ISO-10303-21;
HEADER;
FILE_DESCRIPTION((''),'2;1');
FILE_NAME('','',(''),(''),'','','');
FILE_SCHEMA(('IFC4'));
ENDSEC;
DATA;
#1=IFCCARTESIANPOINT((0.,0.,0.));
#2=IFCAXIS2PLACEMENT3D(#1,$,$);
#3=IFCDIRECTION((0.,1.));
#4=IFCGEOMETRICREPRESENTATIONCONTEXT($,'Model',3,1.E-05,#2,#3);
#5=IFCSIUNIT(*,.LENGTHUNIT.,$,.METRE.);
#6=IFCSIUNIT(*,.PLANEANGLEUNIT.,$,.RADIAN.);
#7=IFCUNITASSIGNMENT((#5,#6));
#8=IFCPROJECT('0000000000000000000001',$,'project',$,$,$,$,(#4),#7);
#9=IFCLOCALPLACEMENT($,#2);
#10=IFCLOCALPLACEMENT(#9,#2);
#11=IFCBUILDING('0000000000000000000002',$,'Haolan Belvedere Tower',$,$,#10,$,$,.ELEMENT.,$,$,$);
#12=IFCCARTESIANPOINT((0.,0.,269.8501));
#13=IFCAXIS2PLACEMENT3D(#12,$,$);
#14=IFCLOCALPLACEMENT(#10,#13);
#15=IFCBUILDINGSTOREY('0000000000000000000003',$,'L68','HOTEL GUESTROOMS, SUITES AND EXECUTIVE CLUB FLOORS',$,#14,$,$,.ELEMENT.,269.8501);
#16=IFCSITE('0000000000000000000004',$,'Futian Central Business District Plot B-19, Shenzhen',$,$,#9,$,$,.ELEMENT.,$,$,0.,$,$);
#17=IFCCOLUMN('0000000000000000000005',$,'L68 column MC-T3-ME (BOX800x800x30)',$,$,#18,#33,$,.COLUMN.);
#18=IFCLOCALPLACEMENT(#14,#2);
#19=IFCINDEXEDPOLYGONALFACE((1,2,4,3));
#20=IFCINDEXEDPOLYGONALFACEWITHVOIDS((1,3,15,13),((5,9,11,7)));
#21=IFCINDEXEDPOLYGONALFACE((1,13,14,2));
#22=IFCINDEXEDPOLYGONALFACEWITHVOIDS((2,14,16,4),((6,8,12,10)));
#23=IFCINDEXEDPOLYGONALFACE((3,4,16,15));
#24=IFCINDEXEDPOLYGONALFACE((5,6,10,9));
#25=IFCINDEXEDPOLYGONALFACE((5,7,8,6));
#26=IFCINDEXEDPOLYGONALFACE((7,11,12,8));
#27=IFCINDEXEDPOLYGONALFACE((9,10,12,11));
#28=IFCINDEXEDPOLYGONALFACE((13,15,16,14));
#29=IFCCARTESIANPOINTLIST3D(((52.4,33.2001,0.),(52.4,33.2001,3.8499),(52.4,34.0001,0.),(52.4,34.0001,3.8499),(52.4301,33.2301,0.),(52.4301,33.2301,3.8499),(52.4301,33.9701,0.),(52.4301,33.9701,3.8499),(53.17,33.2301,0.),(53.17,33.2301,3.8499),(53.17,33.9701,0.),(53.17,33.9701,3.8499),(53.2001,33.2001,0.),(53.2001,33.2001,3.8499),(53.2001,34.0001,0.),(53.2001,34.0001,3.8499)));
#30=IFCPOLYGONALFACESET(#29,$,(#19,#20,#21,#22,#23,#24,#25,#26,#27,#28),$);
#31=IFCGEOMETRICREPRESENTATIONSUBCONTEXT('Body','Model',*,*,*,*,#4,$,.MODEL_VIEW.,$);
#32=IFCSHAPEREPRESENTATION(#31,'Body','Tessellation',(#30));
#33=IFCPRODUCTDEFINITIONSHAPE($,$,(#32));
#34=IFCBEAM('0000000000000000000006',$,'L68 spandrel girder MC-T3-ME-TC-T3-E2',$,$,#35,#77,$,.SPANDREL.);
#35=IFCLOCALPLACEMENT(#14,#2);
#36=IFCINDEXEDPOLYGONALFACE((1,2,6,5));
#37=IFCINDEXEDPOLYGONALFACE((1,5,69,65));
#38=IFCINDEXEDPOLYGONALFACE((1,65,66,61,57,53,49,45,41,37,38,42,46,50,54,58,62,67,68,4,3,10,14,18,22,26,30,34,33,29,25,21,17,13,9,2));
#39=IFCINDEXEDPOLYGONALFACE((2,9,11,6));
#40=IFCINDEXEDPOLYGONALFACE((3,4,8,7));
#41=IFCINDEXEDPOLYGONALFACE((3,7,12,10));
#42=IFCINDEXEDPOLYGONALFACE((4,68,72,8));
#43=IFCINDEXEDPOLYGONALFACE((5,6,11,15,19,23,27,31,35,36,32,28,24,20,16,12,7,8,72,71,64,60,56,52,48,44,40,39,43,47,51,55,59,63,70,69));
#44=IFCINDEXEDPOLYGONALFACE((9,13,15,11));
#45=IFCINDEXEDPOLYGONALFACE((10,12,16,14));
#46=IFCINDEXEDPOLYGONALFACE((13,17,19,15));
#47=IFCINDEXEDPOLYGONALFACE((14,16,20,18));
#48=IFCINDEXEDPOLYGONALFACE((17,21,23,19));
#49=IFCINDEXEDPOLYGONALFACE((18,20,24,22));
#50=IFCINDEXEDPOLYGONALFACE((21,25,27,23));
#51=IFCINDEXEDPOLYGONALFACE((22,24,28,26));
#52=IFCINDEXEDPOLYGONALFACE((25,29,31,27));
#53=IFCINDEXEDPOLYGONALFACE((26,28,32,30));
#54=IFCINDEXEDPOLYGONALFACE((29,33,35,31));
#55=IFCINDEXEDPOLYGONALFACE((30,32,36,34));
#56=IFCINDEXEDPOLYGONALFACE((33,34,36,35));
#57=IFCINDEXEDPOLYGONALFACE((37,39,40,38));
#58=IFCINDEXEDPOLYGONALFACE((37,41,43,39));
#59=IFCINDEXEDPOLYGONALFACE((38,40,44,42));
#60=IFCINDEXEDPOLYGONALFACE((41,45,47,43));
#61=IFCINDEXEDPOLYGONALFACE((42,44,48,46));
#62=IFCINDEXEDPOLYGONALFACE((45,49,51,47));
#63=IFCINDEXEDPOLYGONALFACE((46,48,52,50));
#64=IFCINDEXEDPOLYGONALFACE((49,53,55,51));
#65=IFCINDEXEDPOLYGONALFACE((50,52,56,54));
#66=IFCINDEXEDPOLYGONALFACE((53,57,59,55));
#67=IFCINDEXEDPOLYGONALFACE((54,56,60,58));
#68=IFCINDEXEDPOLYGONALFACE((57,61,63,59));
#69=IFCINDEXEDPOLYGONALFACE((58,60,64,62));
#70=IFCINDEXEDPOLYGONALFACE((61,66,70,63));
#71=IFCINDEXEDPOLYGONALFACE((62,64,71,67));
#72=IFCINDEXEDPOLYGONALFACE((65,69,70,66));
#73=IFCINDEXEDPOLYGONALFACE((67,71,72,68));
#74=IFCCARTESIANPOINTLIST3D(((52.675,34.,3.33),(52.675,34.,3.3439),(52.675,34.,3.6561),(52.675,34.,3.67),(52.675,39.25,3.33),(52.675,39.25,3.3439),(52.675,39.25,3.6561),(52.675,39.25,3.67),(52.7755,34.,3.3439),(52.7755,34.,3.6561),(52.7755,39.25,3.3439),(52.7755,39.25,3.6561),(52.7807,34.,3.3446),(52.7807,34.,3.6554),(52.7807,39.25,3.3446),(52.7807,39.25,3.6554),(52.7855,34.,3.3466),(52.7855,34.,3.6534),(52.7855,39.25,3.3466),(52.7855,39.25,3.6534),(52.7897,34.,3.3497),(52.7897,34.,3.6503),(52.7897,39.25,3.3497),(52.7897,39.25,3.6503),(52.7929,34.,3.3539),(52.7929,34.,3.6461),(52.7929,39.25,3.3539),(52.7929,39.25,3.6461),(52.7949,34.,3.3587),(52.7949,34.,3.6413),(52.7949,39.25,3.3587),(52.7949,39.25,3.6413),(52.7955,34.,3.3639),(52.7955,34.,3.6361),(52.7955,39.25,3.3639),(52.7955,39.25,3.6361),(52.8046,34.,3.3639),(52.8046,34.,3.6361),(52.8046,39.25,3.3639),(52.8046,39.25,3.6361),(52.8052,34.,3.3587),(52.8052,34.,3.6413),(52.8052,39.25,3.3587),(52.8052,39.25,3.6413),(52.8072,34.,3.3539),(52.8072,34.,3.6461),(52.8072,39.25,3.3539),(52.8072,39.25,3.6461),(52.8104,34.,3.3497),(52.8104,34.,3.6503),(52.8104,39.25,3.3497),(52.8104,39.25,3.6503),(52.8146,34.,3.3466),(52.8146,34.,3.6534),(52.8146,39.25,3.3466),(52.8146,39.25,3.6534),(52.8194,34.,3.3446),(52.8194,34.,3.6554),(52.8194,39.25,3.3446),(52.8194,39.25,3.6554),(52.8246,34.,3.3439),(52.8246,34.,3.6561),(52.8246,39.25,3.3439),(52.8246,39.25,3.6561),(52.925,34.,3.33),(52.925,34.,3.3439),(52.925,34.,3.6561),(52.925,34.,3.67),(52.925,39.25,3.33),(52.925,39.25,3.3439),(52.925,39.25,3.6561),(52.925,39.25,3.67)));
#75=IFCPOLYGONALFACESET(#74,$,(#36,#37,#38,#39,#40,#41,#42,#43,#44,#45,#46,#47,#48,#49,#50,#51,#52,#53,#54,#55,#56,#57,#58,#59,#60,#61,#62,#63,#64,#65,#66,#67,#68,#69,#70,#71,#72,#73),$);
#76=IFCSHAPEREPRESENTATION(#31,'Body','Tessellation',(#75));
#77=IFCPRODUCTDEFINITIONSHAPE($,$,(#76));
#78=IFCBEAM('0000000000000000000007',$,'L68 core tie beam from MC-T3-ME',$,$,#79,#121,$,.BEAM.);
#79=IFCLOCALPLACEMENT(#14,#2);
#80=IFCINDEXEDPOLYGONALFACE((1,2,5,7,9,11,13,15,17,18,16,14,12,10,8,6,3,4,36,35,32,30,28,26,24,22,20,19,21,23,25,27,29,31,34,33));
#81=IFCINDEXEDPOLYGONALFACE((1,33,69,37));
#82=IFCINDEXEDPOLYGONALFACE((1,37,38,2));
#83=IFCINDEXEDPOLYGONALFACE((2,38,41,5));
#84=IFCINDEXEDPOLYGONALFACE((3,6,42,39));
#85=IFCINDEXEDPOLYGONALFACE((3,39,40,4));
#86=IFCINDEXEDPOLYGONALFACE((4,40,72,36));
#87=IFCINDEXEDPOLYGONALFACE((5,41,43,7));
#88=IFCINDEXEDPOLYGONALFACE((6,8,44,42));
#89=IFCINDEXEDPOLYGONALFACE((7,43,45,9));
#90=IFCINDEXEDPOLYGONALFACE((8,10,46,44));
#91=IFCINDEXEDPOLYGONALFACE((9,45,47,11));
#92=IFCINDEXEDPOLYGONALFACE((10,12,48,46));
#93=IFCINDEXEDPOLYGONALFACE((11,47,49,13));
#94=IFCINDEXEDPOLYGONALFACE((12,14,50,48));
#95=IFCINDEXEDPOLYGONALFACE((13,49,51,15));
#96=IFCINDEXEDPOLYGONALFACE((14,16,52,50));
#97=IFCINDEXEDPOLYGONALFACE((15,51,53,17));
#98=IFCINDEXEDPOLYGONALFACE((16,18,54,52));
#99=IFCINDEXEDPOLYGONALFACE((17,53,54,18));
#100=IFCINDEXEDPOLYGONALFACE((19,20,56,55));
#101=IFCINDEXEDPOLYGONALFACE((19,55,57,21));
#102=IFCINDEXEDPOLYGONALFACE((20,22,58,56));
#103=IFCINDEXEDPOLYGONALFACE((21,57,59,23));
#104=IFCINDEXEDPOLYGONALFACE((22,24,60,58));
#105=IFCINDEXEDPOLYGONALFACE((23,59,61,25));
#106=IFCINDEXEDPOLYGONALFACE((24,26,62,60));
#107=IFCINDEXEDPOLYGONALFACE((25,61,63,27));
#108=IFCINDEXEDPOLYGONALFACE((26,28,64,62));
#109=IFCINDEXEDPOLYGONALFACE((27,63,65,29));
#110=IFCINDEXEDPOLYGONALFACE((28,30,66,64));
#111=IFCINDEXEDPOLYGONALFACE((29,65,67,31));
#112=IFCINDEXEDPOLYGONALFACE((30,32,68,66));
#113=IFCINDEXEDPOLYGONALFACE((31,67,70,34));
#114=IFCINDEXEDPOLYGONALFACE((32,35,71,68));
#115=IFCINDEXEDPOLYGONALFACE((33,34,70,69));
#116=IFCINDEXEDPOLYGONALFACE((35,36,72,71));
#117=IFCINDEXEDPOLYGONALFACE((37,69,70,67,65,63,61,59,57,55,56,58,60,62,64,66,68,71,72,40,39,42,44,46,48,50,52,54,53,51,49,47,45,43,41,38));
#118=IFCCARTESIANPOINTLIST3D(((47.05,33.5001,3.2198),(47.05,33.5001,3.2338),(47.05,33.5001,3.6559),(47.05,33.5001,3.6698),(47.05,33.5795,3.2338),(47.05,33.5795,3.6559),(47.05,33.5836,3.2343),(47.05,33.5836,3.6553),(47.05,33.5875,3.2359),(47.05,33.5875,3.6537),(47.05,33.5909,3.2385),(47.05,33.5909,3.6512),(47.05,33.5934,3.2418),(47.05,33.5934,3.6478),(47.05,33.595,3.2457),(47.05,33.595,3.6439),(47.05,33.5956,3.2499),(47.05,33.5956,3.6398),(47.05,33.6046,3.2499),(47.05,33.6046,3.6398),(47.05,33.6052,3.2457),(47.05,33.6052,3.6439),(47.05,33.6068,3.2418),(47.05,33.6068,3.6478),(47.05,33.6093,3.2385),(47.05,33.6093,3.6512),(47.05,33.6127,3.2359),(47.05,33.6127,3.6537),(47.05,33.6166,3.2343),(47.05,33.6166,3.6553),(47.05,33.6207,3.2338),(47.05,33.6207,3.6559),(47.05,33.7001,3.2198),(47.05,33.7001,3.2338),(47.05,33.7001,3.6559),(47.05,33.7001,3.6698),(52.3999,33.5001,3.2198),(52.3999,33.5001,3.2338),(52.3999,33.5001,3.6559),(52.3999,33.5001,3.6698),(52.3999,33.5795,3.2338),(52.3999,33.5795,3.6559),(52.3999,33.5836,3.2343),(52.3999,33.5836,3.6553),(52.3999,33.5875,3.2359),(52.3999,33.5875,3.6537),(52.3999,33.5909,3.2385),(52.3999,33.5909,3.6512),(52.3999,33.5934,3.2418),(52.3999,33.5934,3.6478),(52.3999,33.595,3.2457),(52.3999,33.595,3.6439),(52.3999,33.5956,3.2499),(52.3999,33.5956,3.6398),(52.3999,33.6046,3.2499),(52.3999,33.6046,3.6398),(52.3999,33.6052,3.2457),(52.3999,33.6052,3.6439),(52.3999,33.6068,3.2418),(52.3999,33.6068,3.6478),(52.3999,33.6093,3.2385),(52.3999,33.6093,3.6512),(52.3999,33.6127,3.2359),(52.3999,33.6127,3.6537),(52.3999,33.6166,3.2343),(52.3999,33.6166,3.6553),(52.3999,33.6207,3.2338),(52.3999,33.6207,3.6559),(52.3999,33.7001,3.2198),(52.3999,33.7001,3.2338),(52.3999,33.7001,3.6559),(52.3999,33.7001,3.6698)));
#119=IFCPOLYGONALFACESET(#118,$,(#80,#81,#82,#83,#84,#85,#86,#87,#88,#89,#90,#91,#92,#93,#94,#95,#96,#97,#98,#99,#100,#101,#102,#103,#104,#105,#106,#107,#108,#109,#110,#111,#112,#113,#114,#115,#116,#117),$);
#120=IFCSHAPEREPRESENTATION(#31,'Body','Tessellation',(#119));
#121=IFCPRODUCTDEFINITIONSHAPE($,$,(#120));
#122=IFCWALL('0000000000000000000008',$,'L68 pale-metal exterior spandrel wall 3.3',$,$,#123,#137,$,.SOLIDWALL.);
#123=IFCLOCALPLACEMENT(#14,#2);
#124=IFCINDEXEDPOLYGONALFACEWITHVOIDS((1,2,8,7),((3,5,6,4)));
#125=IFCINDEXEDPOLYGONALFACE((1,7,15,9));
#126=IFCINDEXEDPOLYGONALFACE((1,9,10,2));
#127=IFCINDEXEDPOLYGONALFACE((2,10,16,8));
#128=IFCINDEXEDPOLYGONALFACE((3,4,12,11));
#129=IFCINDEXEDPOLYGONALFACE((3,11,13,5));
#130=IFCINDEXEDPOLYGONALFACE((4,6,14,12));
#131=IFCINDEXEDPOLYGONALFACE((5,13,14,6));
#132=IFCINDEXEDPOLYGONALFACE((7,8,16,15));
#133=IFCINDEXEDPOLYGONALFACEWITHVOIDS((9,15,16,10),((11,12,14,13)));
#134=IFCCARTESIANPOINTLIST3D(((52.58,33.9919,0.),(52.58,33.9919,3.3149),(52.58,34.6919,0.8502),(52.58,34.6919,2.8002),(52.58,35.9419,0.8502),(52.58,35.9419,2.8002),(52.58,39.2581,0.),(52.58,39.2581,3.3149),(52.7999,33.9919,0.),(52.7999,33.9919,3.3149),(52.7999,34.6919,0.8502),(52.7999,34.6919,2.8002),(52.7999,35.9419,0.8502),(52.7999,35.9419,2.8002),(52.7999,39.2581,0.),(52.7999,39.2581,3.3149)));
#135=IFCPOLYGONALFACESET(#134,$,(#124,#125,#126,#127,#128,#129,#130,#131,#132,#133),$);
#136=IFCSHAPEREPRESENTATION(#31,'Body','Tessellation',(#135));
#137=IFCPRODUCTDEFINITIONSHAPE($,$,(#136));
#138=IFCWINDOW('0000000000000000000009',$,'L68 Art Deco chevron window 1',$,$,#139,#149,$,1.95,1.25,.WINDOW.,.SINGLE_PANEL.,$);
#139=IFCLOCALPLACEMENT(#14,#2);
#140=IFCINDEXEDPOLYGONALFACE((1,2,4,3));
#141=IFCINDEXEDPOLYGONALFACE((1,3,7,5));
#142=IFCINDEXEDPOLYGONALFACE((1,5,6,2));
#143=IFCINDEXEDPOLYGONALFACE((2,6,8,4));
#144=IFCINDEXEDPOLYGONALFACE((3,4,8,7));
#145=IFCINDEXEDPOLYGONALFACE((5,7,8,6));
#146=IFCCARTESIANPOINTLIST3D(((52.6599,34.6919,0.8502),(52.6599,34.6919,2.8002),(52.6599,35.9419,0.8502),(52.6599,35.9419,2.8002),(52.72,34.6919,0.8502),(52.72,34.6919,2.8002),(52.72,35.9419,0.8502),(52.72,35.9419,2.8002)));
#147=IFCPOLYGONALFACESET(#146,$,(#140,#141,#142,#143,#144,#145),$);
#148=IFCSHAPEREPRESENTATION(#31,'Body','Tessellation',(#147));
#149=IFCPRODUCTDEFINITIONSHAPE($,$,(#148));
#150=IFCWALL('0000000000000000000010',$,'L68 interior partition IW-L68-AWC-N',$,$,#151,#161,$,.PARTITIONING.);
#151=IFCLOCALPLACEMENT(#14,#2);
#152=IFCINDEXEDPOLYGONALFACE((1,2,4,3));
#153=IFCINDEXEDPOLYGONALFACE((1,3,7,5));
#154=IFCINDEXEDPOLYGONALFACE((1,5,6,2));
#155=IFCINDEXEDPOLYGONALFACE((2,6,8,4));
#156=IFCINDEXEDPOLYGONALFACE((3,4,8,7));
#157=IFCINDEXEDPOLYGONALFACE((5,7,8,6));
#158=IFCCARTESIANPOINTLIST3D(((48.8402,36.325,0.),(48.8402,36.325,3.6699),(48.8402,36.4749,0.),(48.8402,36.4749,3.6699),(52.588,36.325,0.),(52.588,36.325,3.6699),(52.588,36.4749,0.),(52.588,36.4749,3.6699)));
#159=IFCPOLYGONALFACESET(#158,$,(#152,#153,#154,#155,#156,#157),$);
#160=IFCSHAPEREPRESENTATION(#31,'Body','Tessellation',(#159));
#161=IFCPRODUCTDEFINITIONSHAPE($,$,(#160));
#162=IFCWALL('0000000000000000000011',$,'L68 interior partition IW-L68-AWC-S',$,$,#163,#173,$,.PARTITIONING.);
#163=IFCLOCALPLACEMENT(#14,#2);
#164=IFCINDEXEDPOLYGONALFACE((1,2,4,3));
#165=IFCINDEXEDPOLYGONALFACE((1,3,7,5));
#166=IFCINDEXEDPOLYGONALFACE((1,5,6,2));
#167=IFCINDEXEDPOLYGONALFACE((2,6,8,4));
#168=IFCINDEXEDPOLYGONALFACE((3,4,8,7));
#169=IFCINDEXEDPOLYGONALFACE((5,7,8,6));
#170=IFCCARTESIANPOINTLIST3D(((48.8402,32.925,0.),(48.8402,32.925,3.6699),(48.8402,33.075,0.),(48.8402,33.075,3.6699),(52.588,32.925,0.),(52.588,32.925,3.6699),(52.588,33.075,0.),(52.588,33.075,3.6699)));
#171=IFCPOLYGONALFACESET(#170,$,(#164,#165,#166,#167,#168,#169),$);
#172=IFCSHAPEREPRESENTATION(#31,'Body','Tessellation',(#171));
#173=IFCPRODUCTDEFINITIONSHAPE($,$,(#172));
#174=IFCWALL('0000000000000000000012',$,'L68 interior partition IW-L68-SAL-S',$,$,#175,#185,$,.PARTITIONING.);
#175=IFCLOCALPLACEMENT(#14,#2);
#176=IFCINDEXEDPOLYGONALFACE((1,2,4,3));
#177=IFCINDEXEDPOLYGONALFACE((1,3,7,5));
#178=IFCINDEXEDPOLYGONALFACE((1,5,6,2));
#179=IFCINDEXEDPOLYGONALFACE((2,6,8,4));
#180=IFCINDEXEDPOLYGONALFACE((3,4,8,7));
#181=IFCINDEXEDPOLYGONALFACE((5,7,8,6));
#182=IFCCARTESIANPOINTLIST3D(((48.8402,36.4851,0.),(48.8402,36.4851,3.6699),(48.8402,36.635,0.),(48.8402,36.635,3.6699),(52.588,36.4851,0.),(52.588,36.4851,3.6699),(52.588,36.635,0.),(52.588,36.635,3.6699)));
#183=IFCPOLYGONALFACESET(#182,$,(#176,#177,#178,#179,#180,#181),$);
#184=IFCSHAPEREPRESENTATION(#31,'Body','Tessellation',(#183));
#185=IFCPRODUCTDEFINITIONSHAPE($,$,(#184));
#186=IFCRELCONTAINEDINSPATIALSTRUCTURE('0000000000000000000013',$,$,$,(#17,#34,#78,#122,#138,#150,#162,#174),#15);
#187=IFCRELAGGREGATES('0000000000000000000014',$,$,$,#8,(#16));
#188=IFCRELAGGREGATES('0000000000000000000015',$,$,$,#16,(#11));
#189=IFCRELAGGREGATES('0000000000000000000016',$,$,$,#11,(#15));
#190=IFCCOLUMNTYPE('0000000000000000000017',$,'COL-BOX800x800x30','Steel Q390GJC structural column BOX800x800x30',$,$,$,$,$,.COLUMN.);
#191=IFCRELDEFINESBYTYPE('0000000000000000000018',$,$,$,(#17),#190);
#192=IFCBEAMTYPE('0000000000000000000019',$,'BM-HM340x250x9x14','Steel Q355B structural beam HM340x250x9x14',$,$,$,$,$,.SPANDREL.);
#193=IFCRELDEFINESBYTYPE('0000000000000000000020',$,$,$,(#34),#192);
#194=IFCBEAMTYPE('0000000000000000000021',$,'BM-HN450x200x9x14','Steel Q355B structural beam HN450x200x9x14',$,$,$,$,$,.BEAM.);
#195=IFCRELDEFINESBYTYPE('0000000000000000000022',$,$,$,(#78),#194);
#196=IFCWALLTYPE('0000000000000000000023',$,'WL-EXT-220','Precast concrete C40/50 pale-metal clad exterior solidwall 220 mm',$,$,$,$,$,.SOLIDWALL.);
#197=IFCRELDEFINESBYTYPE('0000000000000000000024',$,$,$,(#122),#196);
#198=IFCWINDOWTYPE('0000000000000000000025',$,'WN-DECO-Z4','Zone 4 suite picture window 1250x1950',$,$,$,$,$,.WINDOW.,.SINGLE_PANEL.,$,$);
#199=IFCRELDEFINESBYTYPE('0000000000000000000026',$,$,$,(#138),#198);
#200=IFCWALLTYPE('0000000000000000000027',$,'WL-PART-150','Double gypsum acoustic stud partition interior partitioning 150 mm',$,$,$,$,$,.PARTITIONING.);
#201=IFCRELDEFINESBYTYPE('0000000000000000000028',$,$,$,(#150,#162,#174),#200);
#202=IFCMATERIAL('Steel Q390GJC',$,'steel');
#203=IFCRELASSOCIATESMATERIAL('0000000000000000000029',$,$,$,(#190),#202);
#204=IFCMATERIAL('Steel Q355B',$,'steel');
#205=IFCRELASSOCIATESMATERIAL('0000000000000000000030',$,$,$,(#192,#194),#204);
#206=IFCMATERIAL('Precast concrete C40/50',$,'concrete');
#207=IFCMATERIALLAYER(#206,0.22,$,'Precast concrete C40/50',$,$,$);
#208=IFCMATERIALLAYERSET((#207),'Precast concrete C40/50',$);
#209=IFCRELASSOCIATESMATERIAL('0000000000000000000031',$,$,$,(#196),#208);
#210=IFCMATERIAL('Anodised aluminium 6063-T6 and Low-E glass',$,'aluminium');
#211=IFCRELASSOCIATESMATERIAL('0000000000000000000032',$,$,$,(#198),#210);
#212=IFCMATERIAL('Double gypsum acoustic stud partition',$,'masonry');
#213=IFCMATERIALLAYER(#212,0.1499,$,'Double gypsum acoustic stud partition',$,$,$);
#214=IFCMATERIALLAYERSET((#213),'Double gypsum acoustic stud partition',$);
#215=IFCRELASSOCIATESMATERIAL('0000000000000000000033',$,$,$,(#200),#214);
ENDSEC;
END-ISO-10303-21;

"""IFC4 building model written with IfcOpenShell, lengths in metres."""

from ifc_helpers import new_model, si_unit, direction, frame, frame_2d, origin, origin_2d, place, context, subcontext, project, spatial, rectangle, hollow_rectangle, i_section, extrude, material, layer, layer_set, material_profile, profile_set, type_object, element, fill, save


model = new_model("IFC4")

# Units and contexts
model_context = context("Model", 3, precision=1e-05, world=origin(), true_north=direction((0.0, 1.0)))
body_context = subcontext(model_context, "Body", "Model", "MODEL_VIEW")
ifc_project = project(units=[si_unit("LENGTHUNIT", "METRE"), si_unit("PLANEANGLEUNIT", "RADIAN")], contexts=[model_context])

# Site, building, storey
site_placement = place(None, origin())
site = spatial("IfcSite", under=ifc_project, at=site_placement, Name="Futian Central Business District Plot B-19, Shenzhen", CompositionType="ELEMENT", RefElevation=0.0)
building_placement = place(site_placement, origin())
building = spatial("IfcBuilding", under=site, at=building_placement, Name="Haolan Belvedere Tower", CompositionType="ELEMENT")
storey_placement = place(building_placement, frame((0.0, 0.0, 269.8501)))
storey = spatial("IfcBuildingStorey", under=building, at=storey_placement, Name="L68", Description="HOTEL GUESTROOMS, SUITES AND EXECUTIVE CLUB FLOORS", CompositionType="ELEMENT", Elevation=269.8501)

# Column
ifc_material_1 = material(Name="Steel Q390GJC", Category="steel")
ifc_material_profile_1 = material_profile(ifc_material_1, hollow_rectangle(XDim=0.8, YDim=0.8, WallThickness=0.03, at=origin_2d()), Name="Steel Q390GJC")
ifc_profile_set_1 = profile_set([ifc_material_profile_1], Name="Steel Q390GJC")
column_type = type_object("IfcColumnType", Name="COL-BOX800x800x30", Description="Steel Q390GJC structural column BOX800x800x30", PredefinedType="COLUMN", material=ifc_profile_set_1)
column_placement = place(storey_placement, frame((52.8, 33.6001, 0.0), z_axis=(0.0, 0.0, 1.0), x_axis=(1.0, 0.0, 0.0)))
element("IfcColumn", 1, at=column_placement, inside=storey, type_object=column_type, Name="L68 column MC-T3-ME (BOX800x800x30)", PredefinedType="COLUMN", context=body_context, shape_type="SweptSolid", body=[
    extrude(hollow_rectangle(XDim=0.8, YDim=0.8, WallThickness=0.03, at=origin_2d()), origin(), (0.0, 0.0, 1.0), 3.8499),
])

# Beams
ifc_material_2 = material(Name="Steel Q355B", Category="steel")
ifc_material_profile_2 = material_profile(ifc_material_2, i_section(OverallWidth=0.25, OverallDepth=0.3401, WebThickness=0.009, FlangeThickness=0.0139, FilletRadius=0.02, at=origin_2d()), Name="Steel Q355B")
ifc_profile_set_2 = profile_set([ifc_material_profile_2], Name="Steel Q355B")
beam_type_1 = type_object("IfcBeamType", Name="BM-HM340x250x9x14", Description="Steel Q355B structural beam HM340x250x9x14", PredefinedType="SPANDREL", material=ifc_profile_set_2)
beam_1_placement = place(storey_placement, frame((52.8, 34.0, 3.5), z_axis=(0.0, 1.0, 0.0), x_axis=(-1.0, 0.0, 0.0)))
element("IfcBeam", 2, at=beam_1_placement, inside=storey, type_object=beam_type_1, Name="L68 spandrel girder MC-T3-ME-TC-T3-E2", PredefinedType="SPANDREL", context=body_context, shape_type="SweptSolid", body=[
    extrude(i_section(OverallWidth=0.25, OverallDepth=0.3401, WebThickness=0.009, FlangeThickness=0.0139, FilletRadius=0.02, at=origin_2d()), origin(), (0.0, 0.0, 1.0), 5.25),
])
ifc_material_profile_3 = material_profile(ifc_material_2, i_section(OverallWidth=0.2, OverallDepth=0.45, WebThickness=0.009, FlangeThickness=0.0139, FilletRadius=0.0161, at=origin_2d()), Name="Steel Q355B")
ifc_profile_set_3 = profile_set([ifc_material_profile_3], Name="Steel Q355B")
beam_type_2 = type_object("IfcBeamType", Name="BM-HN450x200x9x14", Description="Steel Q355B structural beam HN450x200x9x14", PredefinedType="BEAM", material=ifc_profile_set_3)
beam_2_placement = place(storey_placement, frame((52.3999, 33.6001, 3.4448), z_axis=(-1.0, 0.0, 0.0), x_axis=(0.0, -1.0, 0.0)))
element("IfcBeam", 3, at=beam_2_placement, inside=storey, type_object=beam_type_2, Name="L68 core tie beam from MC-T3-ME", PredefinedType="BEAM", context=body_context, shape_type="SweptSolid", body=[
    extrude(i_section(OverallWidth=0.2, OverallDepth=0.45, WebThickness=0.009, FlangeThickness=0.0139, FilletRadius=0.0161, at=origin_2d()), origin(), (0.0, 0.0, 1.0), 5.3499),
])

# Wall, opening, window
ifc_material_3 = material(Name="Precast concrete C40/50", Category="concrete")
ifc_layer_1 = layer(ifc_material_3, 0.22, Name="Precast concrete C40/50")
ifc_layer_set_1 = layer_set([ifc_layer_1], Name="Precast concrete C40/50")
wall_type_1 = type_object("IfcWallType", Name="WL-EXT-220", Description="Precast concrete C40/50 pale-metal clad exterior solidwall 220 mm", PredefinedType="SOLIDWALL", material=ifc_layer_set_1)
wall_1_placement = place(storey_placement, frame((52.6899, 33.9919, 0.0), z_axis=(0.0, 0.0, 1.0), x_axis=(0.0, 1.0, 0.0)))
wall_1 = element("IfcWall", 4, at=wall_1_placement, inside=storey, type_object=wall_type_1, Name="L68 pale-metal exterior spandrel wall 3.3", PredefinedType="SOLIDWALL", context=body_context, shape_type="SweptSolid", body=[
    extrude(rectangle(XDim=5.2661, YDim=0.22, at=frame_2d((2.6331, 0.0))), origin(), (0.0, 0.0, 1.0), 3.3149),
])
opening_1_placement = place(wall_1_placement, frame((0.7, 0.0, 0.8501)))
opening_1 = element("IfcOpeningElement", 5, at=opening_1_placement, cuts=wall_1, PredefinedType="OPENING", context=body_context, shape_type="SweptSolid", body=[
    extrude(rectangle(XDim=1.25, YDim=1.95, at=frame_2d((0.625, 0.9751))), frame((0.0, 0.1199, 0.0), z_axis=(0.0, -1.0, 0.0), x_axis=(1.0, 0.0, 0.0)), (0.0, 0.0, 1.0), 0.24),
])
ifc_material_4 = material(Name="Anodised aluminium 6063-T6 and Low-E glass", Category="aluminium")
window_type = type_object("IfcWindowType", Name="WN-DECO-Z4", Description="Zone 4 suite picture window 1250x1950", PartitioningType="SINGLE_PANEL", PredefinedType="WINDOW", material=ifc_material_4)
window_placement = place(opening_1_placement, origin())
window = element("IfcWindow", 6, at=window_placement, inside=storey, type_object=window_type, Name="L68 Art Deco chevron window 1", OverallHeight=1.95, OverallWidth=1.25, PartitioningType="SINGLE_PANEL", PredefinedType="WINDOW", context=body_context, shape_type="SweptSolid", body=[
    extrude(rectangle(XDim=1.25, YDim=1.95, at=frame_2d((0.625, 0.9751))), frame((0.0, 0.03, 0.0), z_axis=(0.0, -1.0, 0.0), x_axis=(1.0, 0.0, 0.0)), (0.0, 0.0, 1.0), 0.0601),
])
fill(opening_1, window)

# Walls
ifc_material_5 = material(Name="Double gypsum acoustic stud partition", Category="masonry")
ifc_layer_2 = layer(ifc_material_5, 0.1499, Name="Double gypsum acoustic stud partition")
ifc_layer_set_2 = layer_set([ifc_layer_2], Name="Double gypsum acoustic stud partition")
wall_type_2 = type_object("IfcWallType", Name="WL-PART-150", Description="Double gypsum acoustic stud partition interior partitioning 150 mm", PredefinedType="PARTITIONING", material=ifc_layer_set_2)
for number, where, z_axis, x_axis, name in (
    (7, (48.8401, 36.3999, 0.0), (0.0, 0.0, 1.0), (1.0, 0.0, 0.0), "L68 interior partition IW-L68-AWC-N"),
    (8, (48.8401, 33.0, 0.0), (0.0, 0.0, 1.0), (1.0, 0.0, 0.0), "L68 interior partition IW-L68-AWC-S"),
):
    element("IfcWall", number, at=place(storey_placement, frame(where, z_axis=z_axis, x_axis=x_axis)), inside=storey, type_object=wall_type_2, Name=name, PredefinedType="PARTITIONING", context=body_context, shape_type="SweptSolid", body=[
        extrude(rectangle(XDim=3.7478, YDim=0.1499, at=frame_2d((1.874, 0.0))), origin(), (0.0, 0.0, 1.0), 3.6699),
    ])

# Wall
wall_2_placement = place(storey_placement, frame((48.8401, 36.5601, 0.0), z_axis=(0.0, 0.0, 1.0), x_axis=(1.0, 0.0, 0.0)))
element("IfcWall", 9, at=wall_2_placement, inside=storey, type_object=wall_type_2, Name="L68 interior partition IW-L68-SAL-S", PredefinedType="PARTITIONING", context=body_context, shape_type="SweptSolid", body=[
    extrude(rectangle(XDim=3.7478, YDim=0.1499, at=frame_2d((1.874, 0.0))), origin(), (0.0, 0.0, 1.0), 3.6699),
])

save(model, "model.ifc")
